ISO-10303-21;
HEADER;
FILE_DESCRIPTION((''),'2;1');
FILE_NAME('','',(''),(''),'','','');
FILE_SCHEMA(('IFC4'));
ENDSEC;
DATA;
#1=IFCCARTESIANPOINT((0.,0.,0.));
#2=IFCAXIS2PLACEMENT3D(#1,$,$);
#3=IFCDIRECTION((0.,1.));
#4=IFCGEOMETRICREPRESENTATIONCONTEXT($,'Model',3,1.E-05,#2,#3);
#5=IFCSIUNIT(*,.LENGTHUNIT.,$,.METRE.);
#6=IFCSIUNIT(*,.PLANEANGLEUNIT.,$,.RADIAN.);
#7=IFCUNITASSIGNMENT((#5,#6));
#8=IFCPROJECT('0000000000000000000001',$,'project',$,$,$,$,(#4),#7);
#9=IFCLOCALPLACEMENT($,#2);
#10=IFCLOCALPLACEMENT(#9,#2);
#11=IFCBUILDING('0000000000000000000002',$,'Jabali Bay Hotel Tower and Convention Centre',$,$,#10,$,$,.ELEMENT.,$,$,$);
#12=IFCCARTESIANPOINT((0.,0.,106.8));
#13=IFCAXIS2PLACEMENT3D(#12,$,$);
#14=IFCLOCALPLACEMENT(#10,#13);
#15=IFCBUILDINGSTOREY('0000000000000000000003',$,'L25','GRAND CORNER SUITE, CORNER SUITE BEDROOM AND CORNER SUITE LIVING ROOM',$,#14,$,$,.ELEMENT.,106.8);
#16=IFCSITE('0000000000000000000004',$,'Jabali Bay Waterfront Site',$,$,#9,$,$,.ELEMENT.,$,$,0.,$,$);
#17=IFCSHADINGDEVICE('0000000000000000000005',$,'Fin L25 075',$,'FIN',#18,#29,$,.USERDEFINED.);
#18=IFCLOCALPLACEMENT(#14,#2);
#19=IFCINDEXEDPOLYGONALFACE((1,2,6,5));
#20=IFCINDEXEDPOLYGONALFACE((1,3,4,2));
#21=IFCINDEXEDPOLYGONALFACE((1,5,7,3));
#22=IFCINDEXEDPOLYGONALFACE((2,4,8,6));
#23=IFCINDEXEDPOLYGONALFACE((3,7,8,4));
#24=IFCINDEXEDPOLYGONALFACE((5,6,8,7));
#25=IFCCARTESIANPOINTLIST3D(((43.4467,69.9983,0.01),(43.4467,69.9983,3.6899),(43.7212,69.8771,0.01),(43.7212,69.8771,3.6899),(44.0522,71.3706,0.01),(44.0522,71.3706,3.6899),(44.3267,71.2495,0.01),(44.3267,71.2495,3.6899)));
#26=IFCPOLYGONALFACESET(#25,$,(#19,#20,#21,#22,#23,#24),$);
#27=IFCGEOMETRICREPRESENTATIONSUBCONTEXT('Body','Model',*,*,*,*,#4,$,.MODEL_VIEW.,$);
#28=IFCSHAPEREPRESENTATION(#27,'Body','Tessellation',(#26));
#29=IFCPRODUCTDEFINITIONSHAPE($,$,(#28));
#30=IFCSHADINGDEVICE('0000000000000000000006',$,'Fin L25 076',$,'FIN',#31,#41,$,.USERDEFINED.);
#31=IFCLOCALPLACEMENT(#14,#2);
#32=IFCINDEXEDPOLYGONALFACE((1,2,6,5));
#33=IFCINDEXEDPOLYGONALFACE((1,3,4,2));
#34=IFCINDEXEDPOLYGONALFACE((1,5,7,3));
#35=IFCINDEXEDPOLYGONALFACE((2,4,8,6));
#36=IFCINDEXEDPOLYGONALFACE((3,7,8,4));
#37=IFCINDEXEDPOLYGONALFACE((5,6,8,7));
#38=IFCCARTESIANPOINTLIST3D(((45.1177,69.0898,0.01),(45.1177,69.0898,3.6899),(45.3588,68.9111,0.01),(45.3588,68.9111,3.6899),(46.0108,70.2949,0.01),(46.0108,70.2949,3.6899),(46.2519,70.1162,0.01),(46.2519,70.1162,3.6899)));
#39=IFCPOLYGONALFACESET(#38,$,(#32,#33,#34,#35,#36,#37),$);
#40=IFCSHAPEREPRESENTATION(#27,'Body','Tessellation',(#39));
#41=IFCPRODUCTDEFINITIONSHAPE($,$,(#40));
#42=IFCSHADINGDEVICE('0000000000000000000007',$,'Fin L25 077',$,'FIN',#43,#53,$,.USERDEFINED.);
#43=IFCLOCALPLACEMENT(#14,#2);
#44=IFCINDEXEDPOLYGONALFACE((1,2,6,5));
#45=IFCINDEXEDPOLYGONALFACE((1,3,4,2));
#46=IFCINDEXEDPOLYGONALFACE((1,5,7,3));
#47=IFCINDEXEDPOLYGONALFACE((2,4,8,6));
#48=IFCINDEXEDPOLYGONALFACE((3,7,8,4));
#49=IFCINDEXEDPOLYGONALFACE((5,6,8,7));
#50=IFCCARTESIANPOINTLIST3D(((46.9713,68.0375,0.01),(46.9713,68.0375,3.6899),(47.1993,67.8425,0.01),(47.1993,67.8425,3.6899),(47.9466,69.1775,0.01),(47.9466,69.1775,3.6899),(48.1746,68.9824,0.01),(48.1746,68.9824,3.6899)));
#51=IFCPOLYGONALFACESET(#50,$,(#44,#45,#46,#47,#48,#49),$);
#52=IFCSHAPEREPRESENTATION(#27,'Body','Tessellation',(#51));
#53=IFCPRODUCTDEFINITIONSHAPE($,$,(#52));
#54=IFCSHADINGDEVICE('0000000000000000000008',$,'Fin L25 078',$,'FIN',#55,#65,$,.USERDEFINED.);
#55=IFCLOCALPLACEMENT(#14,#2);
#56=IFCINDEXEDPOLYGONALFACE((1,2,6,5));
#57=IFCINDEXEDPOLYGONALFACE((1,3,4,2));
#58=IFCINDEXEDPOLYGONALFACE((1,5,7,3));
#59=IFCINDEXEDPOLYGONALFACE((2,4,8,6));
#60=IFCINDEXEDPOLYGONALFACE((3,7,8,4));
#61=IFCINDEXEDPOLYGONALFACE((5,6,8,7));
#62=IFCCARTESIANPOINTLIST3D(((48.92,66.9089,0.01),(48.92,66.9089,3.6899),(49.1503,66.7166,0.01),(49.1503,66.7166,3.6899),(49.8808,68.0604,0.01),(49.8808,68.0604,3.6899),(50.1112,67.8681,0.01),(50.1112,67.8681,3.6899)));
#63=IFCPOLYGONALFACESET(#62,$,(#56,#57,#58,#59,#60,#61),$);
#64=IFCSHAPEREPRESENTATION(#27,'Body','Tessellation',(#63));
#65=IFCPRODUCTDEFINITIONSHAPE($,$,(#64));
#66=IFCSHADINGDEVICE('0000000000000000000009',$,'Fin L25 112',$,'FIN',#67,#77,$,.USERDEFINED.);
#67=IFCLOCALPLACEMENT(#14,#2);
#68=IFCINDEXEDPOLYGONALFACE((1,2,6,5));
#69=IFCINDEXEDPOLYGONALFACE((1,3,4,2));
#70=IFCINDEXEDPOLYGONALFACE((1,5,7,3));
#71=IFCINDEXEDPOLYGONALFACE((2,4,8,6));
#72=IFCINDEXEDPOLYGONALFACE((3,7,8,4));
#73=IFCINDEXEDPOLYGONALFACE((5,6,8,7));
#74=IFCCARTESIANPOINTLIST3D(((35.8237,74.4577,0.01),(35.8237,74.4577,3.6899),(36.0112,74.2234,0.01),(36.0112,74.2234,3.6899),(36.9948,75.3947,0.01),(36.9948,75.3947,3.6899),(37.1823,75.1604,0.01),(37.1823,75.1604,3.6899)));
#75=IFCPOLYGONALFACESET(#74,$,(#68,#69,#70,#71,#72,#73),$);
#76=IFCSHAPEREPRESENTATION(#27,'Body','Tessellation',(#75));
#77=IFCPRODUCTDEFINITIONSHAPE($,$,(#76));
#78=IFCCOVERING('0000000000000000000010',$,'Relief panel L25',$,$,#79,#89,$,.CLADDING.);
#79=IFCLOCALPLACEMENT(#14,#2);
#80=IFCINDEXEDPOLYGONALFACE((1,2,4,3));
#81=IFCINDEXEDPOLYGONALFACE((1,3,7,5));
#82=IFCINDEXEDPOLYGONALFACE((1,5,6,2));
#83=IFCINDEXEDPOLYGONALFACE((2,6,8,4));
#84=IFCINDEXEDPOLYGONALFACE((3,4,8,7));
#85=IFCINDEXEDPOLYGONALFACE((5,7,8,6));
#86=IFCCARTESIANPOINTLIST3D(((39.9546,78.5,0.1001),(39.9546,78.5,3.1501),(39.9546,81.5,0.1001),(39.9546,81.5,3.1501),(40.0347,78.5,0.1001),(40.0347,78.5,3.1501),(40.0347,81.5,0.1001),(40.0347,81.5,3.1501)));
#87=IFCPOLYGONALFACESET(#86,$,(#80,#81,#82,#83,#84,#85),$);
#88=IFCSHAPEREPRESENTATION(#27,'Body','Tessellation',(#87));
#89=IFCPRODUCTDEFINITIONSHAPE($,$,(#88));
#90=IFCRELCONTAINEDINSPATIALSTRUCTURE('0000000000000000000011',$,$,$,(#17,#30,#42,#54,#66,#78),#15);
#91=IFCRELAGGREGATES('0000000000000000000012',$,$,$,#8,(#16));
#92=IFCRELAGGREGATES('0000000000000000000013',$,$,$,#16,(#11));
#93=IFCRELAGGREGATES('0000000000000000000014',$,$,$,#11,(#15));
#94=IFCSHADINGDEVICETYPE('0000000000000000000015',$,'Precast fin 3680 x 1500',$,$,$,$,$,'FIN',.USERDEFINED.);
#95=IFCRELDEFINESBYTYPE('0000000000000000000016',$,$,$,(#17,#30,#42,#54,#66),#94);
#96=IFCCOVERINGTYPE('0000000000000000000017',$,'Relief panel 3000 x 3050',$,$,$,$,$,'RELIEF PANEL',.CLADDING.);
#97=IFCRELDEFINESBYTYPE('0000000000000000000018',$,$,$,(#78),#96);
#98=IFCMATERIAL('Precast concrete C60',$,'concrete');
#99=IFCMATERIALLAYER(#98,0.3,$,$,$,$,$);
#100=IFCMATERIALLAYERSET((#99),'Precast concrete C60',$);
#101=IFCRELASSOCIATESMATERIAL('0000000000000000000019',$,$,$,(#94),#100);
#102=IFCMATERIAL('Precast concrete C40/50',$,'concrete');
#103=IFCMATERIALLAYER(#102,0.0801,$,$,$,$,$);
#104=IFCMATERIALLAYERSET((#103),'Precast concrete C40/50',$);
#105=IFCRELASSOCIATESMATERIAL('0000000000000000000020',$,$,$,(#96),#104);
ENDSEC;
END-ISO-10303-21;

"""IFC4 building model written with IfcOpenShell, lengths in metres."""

from ifc_helpers import new_model, si_unit, direction, frame, frame_2d, origin, origin_2d, place, context, subcontext, project, spatial, rectangle, extrude, material, layer, layer_set, type_object, element, save


model = new_model("IFC4")

# Units and contexts
model_context = context("Model", 3, precision=1e-05, world=origin(), true_north=direction((0.0, 1.0)))
body_context = subcontext(model_context, "Body", "Model", "MODEL_VIEW")
ifc_project = project(units=[si_unit("LENGTHUNIT", "METRE"), si_unit("PLANEANGLEUNIT", "RADIAN")], contexts=[model_context])

# Site, building, storey
site_placement = place(None, origin())
site = spatial("IfcSite", under=ifc_project, at=site_placement, Name="Jabali Bay Waterfront Site", CompositionType="ELEMENT", RefElevation=0.0)
building_placement = place(site_placement, origin())
building = spatial("IfcBuilding", under=site, at=building_placement, Name="Jabali Bay Hotel Tower and Convention Centre", CompositionType="ELEMENT")
storey_placement = place(building_placement, frame((0.0, 0.0, 106.8)))
storey = spatial("IfcBuildingStorey", under=building, at=storey_placement, Name="L25", Description="GRAND CORNER SUITE, CORNER SUITE BEDROOM AND CORNER SUITE LIVING ROOM", CompositionType="ELEMENT", Elevation=106.8)

# Shading devices
ifc_material_1 = material(Name="Precast concrete C60", Category="concrete")
ifc_layer_1 = layer(ifc_material_1, 0.3)
ifc_layer_set_1 = layer_set([ifc_layer_1], Name="Precast concrete C60")
shading_device_type = type_object("IfcShadingDeviceType", Name="Precast fin 3680 x 1500", ElementType="FIN", PredefinedType="USERDEFINED", material=ifc_layer_set_1)
for number, where, z_axis, x_axis, name in (
    (1, (44.1895, 71.3101, 0.01), (0.0, 0.0, 1.0), (-0.40366, -0.914909, 0.0), "Fin L25 075"),
    (2, (46.1313, 70.2056, 0.01), (0.0, 0.0, 1.0), (-0.595407, -0.803425, 0.0), "Fin L25 076"),
):
    element("IfcShadingDevice", number, at=place(storey_placement, frame(where, z_axis=z_axis, x_axis=x_axis)), inside=storey, type_object=shading_device_type, Name=name, ObjectType="FIN", PredefinedType="USERDEFINED", context=body_context, shape_type="SweptSolid", body=[
        extrude(rectangle(XDim=1.5, YDim=0.3, at=frame_2d((0.75, 0.0))), origin(), (0.0, 0.0, 1.0), 3.6799),
    ])
shading_device_1_placement = place(storey_placement, frame((48.0605, 69.0798, 0.01), z_axis=(0.0, 0.0, 1.0), x_axis=(-0.650134, -0.759819, 0.0)))
element("IfcShadingDevice", 3, at=shading_device_1_placement, inside=storey, type_object=shading_device_type, Name="Fin L25 077", ObjectType="FIN", PredefinedType="USERDEFINED", context=body_context, shape_type="SweptSolid", body=[
    extrude(rectangle(XDim=1.5002, YDim=0.3, at=frame_2d((0.75, 0.0))), origin(), (0.0, 0.0, 1.0), 3.6799),
])
for number, where, z_axis, x_axis, name in (
    (4, (49.9961, 67.9644, 0.01), (0.0, 0.0, 1.0), (-0.640681, -0.767808, 0.0), "Fin L25 078"),
    (5, (37.0886, 75.2776, 0.01), (0.0, 0.0, 1.0), (-0.780837, -0.624735, 0.0), "Fin L25 112"),
):
    element("IfcShadingDevice", number, at=place(storey_placement, frame(where, z_axis=z_axis, x_axis=x_axis)), inside=storey, type_object=shading_device_type, Name=name, ObjectType="FIN", PredefinedType="USERDEFINED", context=body_context, shape_type="SweptSolid", body=[
        extrude(rectangle(XDim=1.4998, YDim=0.3, at=frame_2d((0.75, 0.0))), origin(), (0.0, 0.0, 1.0), 3.6799),
    ])

# Covering
ifc_material_2 = material(Name="Precast concrete C40/50", Category="concrete")
ifc_layer_2 = layer(ifc_material_2, 0.0801)
ifc_layer_set_2 = layer_set([ifc_layer_2], Name="Precast concrete C40/50")
covering_type = type_object("IfcCoveringType", Name="Relief panel 3000 x 3050", ElementType="RELIEF PANEL", PredefinedType="CLADDING", material=ifc_layer_set_2)
covering_placement = place(storey_placement, frame((39.9946, 80.0, 0.1001), z_axis=(0.0, 0.0, 1.0), x_axis=(0.0, 1.0, 0.0)))
element("IfcCovering", 6, at=covering_placement, inside=storey, type_object=covering_type, Name="Relief panel L25", PredefinedType="CLADDING", context=body_context, shape_type="SweptSolid", body=[
    extrude(rectangle(XDim=3.0, YDim=0.0801, at=origin_2d()), origin(), (0.0, 0.0, 1.0), 3.05),
])

save(model, "model.ifc")
